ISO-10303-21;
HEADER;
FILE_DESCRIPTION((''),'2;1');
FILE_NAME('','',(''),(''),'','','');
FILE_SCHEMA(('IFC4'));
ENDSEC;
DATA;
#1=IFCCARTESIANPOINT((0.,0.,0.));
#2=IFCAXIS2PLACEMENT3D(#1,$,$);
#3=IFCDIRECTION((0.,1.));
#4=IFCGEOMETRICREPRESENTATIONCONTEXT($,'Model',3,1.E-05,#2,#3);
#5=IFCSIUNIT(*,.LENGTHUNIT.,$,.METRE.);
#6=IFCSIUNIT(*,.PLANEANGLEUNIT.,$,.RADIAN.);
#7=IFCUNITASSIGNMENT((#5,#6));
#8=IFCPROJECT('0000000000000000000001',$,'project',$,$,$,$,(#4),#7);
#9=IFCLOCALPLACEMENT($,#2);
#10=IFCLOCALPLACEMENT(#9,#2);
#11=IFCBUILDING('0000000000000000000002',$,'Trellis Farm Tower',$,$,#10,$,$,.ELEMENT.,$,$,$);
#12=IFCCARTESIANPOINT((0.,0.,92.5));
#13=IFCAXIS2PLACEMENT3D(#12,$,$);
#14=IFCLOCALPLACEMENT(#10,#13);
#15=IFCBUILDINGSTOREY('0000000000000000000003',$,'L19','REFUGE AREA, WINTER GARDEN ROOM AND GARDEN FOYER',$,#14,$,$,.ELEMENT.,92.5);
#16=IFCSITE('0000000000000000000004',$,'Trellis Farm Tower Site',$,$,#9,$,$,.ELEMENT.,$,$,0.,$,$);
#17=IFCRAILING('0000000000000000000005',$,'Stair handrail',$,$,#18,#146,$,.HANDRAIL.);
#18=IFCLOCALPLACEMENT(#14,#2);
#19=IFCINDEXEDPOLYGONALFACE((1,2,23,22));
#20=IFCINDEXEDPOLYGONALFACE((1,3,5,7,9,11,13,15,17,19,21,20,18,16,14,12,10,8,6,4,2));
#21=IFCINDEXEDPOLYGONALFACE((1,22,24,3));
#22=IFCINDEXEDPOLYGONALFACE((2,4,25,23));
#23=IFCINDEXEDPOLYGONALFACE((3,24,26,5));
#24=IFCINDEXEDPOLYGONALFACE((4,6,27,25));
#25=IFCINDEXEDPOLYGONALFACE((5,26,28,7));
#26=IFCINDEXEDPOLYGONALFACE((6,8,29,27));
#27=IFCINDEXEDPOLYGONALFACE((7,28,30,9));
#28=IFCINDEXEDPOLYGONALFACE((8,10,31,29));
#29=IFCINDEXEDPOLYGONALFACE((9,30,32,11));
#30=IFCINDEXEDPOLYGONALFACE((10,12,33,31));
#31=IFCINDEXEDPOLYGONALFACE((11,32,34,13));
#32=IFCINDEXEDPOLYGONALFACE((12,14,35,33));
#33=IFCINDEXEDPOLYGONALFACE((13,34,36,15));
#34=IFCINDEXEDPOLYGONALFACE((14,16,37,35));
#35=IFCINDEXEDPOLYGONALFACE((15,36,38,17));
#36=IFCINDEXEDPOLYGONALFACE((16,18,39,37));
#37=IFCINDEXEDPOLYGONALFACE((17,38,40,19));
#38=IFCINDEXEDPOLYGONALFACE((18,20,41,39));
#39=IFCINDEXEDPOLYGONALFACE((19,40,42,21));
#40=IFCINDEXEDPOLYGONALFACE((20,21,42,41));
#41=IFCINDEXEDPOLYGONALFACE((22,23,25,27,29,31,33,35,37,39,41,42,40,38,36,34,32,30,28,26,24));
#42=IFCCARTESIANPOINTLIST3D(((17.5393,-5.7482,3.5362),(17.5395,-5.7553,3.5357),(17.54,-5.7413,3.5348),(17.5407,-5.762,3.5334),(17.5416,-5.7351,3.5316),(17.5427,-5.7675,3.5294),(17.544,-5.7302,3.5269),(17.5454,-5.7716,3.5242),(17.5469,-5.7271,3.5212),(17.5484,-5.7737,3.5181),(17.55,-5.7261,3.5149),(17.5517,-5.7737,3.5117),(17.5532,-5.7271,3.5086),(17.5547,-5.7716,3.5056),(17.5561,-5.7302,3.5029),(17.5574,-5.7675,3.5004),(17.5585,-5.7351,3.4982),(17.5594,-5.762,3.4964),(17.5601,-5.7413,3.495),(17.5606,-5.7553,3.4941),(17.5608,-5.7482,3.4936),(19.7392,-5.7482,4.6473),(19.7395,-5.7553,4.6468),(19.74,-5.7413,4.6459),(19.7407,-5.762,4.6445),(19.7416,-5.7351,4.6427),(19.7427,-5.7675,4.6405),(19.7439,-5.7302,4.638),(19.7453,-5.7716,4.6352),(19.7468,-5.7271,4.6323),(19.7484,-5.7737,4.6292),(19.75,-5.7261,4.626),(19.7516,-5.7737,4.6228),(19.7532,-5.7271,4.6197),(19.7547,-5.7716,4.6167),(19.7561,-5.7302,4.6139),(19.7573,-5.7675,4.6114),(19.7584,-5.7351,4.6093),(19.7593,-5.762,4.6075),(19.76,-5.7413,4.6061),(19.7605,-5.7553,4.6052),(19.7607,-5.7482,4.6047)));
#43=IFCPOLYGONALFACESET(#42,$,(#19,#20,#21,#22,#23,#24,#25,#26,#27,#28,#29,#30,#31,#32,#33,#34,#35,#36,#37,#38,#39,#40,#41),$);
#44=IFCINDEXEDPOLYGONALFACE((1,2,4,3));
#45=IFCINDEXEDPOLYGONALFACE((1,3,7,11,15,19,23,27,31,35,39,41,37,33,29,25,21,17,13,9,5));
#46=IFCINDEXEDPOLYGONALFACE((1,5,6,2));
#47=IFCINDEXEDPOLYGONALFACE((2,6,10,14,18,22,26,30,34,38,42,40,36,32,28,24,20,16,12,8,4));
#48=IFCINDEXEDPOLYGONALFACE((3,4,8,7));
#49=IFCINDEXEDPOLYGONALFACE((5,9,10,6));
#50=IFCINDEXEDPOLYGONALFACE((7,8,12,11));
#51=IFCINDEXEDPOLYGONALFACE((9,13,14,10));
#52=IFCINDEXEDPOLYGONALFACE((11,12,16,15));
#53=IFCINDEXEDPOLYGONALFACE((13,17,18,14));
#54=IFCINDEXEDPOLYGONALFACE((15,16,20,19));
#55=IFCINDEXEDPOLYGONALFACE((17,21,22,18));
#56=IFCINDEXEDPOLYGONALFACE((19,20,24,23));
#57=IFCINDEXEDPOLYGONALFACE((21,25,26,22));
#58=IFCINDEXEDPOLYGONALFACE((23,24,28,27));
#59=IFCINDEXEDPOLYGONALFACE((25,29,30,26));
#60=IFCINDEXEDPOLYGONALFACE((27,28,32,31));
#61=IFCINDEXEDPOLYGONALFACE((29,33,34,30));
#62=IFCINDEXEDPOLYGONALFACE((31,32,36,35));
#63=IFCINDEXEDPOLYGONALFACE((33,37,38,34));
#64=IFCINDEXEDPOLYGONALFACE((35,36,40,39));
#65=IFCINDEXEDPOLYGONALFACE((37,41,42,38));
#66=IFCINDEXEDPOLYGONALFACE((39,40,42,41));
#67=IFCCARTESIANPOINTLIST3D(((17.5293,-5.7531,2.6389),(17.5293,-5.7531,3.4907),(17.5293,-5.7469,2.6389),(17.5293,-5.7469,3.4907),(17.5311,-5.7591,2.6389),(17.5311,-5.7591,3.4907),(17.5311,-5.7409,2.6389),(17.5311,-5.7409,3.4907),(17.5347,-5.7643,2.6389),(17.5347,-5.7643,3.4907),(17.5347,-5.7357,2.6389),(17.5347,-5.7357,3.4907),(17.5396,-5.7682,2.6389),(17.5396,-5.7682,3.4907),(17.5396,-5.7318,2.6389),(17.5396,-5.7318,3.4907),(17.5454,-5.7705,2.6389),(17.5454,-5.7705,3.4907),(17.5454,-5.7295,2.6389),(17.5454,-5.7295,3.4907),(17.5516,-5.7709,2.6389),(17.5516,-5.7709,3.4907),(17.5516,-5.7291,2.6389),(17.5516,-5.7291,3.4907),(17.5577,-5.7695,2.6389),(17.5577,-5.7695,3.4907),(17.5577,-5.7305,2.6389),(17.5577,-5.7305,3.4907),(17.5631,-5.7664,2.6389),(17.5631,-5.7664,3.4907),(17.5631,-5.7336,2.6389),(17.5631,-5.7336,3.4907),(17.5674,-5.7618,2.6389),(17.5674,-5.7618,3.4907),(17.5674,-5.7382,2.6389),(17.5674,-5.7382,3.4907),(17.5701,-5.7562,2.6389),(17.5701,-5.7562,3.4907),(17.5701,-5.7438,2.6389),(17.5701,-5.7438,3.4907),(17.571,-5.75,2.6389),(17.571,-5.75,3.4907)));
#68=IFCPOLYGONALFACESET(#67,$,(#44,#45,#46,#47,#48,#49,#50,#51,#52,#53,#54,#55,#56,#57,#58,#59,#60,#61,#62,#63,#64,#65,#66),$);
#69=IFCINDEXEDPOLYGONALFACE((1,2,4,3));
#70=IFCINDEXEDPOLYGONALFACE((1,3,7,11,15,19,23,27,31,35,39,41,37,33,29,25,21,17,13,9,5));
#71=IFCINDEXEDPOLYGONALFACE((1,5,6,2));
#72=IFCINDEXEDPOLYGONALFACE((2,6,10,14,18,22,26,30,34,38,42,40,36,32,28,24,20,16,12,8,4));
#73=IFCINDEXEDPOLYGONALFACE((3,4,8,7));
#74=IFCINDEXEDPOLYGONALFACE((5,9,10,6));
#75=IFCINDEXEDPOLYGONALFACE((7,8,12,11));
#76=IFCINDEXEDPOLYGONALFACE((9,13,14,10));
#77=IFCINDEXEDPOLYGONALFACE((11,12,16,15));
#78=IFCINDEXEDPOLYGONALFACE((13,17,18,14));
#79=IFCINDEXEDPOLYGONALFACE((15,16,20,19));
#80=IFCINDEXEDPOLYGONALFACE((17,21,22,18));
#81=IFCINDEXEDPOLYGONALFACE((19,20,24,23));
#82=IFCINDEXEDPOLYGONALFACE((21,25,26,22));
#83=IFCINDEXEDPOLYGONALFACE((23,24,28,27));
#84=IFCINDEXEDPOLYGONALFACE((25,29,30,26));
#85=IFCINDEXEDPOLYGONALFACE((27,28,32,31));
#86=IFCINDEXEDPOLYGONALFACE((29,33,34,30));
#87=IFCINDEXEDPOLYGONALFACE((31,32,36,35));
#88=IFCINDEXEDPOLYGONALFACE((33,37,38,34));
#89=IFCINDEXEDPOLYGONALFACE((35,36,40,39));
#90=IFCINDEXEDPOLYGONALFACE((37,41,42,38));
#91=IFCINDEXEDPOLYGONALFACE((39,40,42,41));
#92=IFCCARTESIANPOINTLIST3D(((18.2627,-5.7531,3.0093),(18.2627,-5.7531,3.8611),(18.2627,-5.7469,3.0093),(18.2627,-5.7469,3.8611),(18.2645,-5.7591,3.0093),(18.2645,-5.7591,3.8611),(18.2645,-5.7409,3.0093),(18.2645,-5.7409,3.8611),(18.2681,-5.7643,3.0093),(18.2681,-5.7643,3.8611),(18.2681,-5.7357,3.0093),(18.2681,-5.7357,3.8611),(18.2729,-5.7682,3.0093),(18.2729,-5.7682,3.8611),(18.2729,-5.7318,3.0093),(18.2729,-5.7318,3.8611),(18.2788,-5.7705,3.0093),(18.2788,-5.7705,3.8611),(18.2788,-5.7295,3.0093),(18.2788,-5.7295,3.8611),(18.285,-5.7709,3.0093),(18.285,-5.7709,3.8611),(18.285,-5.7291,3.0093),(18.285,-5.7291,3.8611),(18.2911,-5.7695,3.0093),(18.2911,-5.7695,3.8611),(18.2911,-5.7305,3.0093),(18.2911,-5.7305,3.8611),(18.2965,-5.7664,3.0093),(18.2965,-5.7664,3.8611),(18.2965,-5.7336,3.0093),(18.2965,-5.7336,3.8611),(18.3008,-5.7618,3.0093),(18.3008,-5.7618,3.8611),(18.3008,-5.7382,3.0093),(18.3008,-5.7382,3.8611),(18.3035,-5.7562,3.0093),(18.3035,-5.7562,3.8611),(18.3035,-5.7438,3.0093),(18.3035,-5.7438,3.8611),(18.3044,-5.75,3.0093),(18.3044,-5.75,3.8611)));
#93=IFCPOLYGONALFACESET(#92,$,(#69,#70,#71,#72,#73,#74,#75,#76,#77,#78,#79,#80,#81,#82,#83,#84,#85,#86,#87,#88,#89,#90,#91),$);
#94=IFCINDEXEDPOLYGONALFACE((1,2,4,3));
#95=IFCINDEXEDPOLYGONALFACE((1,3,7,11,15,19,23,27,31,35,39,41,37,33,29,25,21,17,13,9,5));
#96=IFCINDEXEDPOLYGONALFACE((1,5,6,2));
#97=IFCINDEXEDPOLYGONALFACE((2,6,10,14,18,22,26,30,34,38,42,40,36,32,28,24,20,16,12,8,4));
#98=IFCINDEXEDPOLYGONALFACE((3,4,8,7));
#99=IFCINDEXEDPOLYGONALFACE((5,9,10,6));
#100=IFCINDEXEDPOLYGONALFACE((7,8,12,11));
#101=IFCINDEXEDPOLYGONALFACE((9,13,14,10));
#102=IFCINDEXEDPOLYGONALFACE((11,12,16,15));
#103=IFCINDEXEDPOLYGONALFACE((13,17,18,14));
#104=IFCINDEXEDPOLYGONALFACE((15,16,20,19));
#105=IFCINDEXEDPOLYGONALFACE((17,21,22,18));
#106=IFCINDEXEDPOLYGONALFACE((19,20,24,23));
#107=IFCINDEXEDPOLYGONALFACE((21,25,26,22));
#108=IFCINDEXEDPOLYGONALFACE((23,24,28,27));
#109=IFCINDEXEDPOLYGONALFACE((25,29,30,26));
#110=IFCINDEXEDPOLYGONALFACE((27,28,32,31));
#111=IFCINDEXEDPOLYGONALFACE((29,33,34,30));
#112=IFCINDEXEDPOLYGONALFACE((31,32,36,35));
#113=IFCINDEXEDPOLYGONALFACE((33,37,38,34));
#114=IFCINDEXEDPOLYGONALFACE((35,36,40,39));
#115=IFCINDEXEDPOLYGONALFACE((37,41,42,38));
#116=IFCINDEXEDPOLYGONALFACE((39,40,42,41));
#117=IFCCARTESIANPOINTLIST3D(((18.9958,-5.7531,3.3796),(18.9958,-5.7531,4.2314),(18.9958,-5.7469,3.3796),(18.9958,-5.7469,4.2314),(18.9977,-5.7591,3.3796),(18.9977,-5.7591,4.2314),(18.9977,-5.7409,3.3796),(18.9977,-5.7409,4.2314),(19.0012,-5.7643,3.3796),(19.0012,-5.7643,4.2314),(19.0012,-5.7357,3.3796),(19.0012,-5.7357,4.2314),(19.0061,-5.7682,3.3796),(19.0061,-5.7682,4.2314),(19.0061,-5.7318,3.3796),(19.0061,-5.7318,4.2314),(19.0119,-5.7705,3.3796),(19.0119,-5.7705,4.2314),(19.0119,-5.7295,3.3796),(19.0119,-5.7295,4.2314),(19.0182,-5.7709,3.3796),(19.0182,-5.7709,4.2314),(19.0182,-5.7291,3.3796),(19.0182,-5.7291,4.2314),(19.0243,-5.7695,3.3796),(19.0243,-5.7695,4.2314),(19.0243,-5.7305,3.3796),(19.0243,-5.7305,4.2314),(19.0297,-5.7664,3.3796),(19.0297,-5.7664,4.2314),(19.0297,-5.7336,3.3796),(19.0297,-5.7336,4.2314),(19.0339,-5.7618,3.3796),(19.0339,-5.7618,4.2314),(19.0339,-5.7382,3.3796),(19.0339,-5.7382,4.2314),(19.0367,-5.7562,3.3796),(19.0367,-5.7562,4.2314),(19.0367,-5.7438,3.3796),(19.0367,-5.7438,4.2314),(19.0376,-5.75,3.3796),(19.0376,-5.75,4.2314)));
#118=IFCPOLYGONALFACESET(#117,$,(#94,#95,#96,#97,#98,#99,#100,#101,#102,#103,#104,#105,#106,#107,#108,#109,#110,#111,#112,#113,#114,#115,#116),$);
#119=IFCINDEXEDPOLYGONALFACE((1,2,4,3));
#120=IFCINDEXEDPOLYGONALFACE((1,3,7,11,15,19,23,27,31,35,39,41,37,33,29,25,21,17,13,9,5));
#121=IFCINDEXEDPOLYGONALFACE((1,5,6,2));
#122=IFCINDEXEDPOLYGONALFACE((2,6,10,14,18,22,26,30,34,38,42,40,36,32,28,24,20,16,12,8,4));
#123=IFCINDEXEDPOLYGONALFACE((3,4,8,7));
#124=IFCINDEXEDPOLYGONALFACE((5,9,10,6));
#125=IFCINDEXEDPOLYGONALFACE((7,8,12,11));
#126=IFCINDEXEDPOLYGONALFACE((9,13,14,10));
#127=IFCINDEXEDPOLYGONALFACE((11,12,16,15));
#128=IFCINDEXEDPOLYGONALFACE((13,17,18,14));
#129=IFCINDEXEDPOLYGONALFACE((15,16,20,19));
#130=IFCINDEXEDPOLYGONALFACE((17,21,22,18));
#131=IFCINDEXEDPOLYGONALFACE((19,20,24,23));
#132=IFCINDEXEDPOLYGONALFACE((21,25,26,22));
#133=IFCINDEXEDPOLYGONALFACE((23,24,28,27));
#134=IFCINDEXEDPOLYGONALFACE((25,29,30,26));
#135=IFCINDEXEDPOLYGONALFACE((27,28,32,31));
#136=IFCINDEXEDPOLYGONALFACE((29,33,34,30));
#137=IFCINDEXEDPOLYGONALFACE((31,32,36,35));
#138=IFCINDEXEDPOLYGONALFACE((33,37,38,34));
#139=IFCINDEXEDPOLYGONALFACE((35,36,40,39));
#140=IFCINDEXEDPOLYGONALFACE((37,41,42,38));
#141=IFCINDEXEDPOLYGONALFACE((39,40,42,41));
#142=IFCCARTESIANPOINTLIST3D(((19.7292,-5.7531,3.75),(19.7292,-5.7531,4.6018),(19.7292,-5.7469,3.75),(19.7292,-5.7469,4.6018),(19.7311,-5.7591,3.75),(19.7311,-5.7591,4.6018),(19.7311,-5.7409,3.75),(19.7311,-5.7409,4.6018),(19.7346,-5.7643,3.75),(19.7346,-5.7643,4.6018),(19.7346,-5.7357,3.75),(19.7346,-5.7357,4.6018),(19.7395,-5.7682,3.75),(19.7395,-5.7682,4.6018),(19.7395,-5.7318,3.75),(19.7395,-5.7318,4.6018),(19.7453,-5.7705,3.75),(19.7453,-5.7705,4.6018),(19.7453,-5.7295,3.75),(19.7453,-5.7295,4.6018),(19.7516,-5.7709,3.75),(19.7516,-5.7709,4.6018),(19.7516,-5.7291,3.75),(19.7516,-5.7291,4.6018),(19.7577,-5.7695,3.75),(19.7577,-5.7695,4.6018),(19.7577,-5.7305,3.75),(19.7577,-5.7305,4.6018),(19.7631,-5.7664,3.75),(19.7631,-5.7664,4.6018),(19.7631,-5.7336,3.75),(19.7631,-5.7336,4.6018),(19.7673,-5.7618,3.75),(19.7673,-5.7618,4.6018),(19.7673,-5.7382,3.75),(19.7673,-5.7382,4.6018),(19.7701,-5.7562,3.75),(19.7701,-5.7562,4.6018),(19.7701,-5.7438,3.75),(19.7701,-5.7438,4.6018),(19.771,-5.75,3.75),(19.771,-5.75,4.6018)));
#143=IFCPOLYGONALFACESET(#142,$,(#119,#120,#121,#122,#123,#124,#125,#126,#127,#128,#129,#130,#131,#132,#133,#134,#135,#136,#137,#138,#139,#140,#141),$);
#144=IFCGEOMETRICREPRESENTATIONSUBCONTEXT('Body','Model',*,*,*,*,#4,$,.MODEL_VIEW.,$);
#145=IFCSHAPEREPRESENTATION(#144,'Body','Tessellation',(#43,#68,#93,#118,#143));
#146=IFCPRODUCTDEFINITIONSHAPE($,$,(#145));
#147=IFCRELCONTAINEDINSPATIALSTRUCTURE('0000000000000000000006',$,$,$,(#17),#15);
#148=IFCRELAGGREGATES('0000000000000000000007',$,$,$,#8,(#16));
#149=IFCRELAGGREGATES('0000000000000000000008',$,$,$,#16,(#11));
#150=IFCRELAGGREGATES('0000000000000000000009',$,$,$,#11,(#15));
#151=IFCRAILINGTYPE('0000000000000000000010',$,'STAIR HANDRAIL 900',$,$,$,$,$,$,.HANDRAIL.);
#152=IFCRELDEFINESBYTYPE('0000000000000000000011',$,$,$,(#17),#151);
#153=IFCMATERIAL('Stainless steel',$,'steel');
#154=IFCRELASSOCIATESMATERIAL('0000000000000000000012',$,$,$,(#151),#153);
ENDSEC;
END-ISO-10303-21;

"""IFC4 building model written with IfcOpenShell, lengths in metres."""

from ifc_helpers import new_model, si_unit, direction, frame, origin, origin_2d, place, context, subcontext, project, spatial, circle, extrude, source, transform, mapped, material, type_object, element, save


model = new_model("IFC4")

# Units and contexts
model_context = context("Model", 3, precision=1e-05, world=origin(), true_north=direction((0.0, 1.0)))
body_context = subcontext(model_context, "Body", "Model", "MODEL_VIEW")
ifc_project = project(units=[si_unit("LENGTHUNIT", "METRE"), si_unit("PLANEANGLEUNIT", "RADIAN")], contexts=[model_context])

# Site, building, storey
site_placement = place(None, origin())
site = spatial("IfcSite", under=ifc_project, at=site_placement, Name="Trellis Farm Tower Site", CompositionType="ELEMENT", RefElevation=0.0)
building_placement = place(site_placement, origin())
building = spatial("IfcBuilding", under=site, at=building_placement, Name="Trellis Farm Tower", CompositionType="ELEMENT")
storey_placement = place(building_placement, frame((0.0, 0.0, 92.5)))
storey = spatial("IfcBuildingStorey", under=building, at=storey_placement, Name="L19", Description="REFUGE AREA, WINTER GARDEN ROOM AND GARDEN FOYER", CompositionType="ELEMENT", Elevation=92.5)

# Railing
ifc_material_1 = material(Name="Stainless steel", Category="steel")
railing_type = type_object("IfcRailingType", Name="STAIR HANDRAIL 900", PredefinedType="HANDRAIL", material=ifc_material_1)
shared_shape_1 = source(origin(), body_context, "Body", "SweptSolid", [
    extrude(circle(Radius=0.0239, at=origin_2d()), frame((0.0, 0.0, 0.876), z_axis=(0.892617, 0.0, 0.450816), x_axis=(0.0, 1.0, 0.0)), (0.0, 0.0, 1.0), 2.4646),
    extrude(circle(Radius=0.021, at=origin_2d()), origin(), (0.0, 0.0, 1.0), 0.8518),
    extrude(circle(Radius=0.021, at=origin_2d()), frame((0.7334, 0.0, 0.3704)), (0.0, 0.0, 1.0), 0.8518),
    extrude(circle(Radius=0.021, at=origin_2d()), frame((1.4666, 0.0, 0.7407)), (0.0, 0.0, 1.0), 0.8518),
    extrude(circle(Radius=0.021, at=origin_2d()), frame((2.2, 0.0, 1.1111)), (0.0, 0.0, 1.0), 0.8518),
])
for number, where, name in (
    (1, (17.55, -5.75, 2.6389), "Stair handrail"),
):
    element("IfcRailing", number, at=place(storey_placement, frame(where)), inside=storey, type_object=railing_type, Name=name, PredefinedType="HANDRAIL", context=body_context, shape_type="MappedRepresentation", body=[
        mapped(shared_shape_1, transform((0.0, 0.0, 0.0))),
    ])

save(model, "model.ifc")
